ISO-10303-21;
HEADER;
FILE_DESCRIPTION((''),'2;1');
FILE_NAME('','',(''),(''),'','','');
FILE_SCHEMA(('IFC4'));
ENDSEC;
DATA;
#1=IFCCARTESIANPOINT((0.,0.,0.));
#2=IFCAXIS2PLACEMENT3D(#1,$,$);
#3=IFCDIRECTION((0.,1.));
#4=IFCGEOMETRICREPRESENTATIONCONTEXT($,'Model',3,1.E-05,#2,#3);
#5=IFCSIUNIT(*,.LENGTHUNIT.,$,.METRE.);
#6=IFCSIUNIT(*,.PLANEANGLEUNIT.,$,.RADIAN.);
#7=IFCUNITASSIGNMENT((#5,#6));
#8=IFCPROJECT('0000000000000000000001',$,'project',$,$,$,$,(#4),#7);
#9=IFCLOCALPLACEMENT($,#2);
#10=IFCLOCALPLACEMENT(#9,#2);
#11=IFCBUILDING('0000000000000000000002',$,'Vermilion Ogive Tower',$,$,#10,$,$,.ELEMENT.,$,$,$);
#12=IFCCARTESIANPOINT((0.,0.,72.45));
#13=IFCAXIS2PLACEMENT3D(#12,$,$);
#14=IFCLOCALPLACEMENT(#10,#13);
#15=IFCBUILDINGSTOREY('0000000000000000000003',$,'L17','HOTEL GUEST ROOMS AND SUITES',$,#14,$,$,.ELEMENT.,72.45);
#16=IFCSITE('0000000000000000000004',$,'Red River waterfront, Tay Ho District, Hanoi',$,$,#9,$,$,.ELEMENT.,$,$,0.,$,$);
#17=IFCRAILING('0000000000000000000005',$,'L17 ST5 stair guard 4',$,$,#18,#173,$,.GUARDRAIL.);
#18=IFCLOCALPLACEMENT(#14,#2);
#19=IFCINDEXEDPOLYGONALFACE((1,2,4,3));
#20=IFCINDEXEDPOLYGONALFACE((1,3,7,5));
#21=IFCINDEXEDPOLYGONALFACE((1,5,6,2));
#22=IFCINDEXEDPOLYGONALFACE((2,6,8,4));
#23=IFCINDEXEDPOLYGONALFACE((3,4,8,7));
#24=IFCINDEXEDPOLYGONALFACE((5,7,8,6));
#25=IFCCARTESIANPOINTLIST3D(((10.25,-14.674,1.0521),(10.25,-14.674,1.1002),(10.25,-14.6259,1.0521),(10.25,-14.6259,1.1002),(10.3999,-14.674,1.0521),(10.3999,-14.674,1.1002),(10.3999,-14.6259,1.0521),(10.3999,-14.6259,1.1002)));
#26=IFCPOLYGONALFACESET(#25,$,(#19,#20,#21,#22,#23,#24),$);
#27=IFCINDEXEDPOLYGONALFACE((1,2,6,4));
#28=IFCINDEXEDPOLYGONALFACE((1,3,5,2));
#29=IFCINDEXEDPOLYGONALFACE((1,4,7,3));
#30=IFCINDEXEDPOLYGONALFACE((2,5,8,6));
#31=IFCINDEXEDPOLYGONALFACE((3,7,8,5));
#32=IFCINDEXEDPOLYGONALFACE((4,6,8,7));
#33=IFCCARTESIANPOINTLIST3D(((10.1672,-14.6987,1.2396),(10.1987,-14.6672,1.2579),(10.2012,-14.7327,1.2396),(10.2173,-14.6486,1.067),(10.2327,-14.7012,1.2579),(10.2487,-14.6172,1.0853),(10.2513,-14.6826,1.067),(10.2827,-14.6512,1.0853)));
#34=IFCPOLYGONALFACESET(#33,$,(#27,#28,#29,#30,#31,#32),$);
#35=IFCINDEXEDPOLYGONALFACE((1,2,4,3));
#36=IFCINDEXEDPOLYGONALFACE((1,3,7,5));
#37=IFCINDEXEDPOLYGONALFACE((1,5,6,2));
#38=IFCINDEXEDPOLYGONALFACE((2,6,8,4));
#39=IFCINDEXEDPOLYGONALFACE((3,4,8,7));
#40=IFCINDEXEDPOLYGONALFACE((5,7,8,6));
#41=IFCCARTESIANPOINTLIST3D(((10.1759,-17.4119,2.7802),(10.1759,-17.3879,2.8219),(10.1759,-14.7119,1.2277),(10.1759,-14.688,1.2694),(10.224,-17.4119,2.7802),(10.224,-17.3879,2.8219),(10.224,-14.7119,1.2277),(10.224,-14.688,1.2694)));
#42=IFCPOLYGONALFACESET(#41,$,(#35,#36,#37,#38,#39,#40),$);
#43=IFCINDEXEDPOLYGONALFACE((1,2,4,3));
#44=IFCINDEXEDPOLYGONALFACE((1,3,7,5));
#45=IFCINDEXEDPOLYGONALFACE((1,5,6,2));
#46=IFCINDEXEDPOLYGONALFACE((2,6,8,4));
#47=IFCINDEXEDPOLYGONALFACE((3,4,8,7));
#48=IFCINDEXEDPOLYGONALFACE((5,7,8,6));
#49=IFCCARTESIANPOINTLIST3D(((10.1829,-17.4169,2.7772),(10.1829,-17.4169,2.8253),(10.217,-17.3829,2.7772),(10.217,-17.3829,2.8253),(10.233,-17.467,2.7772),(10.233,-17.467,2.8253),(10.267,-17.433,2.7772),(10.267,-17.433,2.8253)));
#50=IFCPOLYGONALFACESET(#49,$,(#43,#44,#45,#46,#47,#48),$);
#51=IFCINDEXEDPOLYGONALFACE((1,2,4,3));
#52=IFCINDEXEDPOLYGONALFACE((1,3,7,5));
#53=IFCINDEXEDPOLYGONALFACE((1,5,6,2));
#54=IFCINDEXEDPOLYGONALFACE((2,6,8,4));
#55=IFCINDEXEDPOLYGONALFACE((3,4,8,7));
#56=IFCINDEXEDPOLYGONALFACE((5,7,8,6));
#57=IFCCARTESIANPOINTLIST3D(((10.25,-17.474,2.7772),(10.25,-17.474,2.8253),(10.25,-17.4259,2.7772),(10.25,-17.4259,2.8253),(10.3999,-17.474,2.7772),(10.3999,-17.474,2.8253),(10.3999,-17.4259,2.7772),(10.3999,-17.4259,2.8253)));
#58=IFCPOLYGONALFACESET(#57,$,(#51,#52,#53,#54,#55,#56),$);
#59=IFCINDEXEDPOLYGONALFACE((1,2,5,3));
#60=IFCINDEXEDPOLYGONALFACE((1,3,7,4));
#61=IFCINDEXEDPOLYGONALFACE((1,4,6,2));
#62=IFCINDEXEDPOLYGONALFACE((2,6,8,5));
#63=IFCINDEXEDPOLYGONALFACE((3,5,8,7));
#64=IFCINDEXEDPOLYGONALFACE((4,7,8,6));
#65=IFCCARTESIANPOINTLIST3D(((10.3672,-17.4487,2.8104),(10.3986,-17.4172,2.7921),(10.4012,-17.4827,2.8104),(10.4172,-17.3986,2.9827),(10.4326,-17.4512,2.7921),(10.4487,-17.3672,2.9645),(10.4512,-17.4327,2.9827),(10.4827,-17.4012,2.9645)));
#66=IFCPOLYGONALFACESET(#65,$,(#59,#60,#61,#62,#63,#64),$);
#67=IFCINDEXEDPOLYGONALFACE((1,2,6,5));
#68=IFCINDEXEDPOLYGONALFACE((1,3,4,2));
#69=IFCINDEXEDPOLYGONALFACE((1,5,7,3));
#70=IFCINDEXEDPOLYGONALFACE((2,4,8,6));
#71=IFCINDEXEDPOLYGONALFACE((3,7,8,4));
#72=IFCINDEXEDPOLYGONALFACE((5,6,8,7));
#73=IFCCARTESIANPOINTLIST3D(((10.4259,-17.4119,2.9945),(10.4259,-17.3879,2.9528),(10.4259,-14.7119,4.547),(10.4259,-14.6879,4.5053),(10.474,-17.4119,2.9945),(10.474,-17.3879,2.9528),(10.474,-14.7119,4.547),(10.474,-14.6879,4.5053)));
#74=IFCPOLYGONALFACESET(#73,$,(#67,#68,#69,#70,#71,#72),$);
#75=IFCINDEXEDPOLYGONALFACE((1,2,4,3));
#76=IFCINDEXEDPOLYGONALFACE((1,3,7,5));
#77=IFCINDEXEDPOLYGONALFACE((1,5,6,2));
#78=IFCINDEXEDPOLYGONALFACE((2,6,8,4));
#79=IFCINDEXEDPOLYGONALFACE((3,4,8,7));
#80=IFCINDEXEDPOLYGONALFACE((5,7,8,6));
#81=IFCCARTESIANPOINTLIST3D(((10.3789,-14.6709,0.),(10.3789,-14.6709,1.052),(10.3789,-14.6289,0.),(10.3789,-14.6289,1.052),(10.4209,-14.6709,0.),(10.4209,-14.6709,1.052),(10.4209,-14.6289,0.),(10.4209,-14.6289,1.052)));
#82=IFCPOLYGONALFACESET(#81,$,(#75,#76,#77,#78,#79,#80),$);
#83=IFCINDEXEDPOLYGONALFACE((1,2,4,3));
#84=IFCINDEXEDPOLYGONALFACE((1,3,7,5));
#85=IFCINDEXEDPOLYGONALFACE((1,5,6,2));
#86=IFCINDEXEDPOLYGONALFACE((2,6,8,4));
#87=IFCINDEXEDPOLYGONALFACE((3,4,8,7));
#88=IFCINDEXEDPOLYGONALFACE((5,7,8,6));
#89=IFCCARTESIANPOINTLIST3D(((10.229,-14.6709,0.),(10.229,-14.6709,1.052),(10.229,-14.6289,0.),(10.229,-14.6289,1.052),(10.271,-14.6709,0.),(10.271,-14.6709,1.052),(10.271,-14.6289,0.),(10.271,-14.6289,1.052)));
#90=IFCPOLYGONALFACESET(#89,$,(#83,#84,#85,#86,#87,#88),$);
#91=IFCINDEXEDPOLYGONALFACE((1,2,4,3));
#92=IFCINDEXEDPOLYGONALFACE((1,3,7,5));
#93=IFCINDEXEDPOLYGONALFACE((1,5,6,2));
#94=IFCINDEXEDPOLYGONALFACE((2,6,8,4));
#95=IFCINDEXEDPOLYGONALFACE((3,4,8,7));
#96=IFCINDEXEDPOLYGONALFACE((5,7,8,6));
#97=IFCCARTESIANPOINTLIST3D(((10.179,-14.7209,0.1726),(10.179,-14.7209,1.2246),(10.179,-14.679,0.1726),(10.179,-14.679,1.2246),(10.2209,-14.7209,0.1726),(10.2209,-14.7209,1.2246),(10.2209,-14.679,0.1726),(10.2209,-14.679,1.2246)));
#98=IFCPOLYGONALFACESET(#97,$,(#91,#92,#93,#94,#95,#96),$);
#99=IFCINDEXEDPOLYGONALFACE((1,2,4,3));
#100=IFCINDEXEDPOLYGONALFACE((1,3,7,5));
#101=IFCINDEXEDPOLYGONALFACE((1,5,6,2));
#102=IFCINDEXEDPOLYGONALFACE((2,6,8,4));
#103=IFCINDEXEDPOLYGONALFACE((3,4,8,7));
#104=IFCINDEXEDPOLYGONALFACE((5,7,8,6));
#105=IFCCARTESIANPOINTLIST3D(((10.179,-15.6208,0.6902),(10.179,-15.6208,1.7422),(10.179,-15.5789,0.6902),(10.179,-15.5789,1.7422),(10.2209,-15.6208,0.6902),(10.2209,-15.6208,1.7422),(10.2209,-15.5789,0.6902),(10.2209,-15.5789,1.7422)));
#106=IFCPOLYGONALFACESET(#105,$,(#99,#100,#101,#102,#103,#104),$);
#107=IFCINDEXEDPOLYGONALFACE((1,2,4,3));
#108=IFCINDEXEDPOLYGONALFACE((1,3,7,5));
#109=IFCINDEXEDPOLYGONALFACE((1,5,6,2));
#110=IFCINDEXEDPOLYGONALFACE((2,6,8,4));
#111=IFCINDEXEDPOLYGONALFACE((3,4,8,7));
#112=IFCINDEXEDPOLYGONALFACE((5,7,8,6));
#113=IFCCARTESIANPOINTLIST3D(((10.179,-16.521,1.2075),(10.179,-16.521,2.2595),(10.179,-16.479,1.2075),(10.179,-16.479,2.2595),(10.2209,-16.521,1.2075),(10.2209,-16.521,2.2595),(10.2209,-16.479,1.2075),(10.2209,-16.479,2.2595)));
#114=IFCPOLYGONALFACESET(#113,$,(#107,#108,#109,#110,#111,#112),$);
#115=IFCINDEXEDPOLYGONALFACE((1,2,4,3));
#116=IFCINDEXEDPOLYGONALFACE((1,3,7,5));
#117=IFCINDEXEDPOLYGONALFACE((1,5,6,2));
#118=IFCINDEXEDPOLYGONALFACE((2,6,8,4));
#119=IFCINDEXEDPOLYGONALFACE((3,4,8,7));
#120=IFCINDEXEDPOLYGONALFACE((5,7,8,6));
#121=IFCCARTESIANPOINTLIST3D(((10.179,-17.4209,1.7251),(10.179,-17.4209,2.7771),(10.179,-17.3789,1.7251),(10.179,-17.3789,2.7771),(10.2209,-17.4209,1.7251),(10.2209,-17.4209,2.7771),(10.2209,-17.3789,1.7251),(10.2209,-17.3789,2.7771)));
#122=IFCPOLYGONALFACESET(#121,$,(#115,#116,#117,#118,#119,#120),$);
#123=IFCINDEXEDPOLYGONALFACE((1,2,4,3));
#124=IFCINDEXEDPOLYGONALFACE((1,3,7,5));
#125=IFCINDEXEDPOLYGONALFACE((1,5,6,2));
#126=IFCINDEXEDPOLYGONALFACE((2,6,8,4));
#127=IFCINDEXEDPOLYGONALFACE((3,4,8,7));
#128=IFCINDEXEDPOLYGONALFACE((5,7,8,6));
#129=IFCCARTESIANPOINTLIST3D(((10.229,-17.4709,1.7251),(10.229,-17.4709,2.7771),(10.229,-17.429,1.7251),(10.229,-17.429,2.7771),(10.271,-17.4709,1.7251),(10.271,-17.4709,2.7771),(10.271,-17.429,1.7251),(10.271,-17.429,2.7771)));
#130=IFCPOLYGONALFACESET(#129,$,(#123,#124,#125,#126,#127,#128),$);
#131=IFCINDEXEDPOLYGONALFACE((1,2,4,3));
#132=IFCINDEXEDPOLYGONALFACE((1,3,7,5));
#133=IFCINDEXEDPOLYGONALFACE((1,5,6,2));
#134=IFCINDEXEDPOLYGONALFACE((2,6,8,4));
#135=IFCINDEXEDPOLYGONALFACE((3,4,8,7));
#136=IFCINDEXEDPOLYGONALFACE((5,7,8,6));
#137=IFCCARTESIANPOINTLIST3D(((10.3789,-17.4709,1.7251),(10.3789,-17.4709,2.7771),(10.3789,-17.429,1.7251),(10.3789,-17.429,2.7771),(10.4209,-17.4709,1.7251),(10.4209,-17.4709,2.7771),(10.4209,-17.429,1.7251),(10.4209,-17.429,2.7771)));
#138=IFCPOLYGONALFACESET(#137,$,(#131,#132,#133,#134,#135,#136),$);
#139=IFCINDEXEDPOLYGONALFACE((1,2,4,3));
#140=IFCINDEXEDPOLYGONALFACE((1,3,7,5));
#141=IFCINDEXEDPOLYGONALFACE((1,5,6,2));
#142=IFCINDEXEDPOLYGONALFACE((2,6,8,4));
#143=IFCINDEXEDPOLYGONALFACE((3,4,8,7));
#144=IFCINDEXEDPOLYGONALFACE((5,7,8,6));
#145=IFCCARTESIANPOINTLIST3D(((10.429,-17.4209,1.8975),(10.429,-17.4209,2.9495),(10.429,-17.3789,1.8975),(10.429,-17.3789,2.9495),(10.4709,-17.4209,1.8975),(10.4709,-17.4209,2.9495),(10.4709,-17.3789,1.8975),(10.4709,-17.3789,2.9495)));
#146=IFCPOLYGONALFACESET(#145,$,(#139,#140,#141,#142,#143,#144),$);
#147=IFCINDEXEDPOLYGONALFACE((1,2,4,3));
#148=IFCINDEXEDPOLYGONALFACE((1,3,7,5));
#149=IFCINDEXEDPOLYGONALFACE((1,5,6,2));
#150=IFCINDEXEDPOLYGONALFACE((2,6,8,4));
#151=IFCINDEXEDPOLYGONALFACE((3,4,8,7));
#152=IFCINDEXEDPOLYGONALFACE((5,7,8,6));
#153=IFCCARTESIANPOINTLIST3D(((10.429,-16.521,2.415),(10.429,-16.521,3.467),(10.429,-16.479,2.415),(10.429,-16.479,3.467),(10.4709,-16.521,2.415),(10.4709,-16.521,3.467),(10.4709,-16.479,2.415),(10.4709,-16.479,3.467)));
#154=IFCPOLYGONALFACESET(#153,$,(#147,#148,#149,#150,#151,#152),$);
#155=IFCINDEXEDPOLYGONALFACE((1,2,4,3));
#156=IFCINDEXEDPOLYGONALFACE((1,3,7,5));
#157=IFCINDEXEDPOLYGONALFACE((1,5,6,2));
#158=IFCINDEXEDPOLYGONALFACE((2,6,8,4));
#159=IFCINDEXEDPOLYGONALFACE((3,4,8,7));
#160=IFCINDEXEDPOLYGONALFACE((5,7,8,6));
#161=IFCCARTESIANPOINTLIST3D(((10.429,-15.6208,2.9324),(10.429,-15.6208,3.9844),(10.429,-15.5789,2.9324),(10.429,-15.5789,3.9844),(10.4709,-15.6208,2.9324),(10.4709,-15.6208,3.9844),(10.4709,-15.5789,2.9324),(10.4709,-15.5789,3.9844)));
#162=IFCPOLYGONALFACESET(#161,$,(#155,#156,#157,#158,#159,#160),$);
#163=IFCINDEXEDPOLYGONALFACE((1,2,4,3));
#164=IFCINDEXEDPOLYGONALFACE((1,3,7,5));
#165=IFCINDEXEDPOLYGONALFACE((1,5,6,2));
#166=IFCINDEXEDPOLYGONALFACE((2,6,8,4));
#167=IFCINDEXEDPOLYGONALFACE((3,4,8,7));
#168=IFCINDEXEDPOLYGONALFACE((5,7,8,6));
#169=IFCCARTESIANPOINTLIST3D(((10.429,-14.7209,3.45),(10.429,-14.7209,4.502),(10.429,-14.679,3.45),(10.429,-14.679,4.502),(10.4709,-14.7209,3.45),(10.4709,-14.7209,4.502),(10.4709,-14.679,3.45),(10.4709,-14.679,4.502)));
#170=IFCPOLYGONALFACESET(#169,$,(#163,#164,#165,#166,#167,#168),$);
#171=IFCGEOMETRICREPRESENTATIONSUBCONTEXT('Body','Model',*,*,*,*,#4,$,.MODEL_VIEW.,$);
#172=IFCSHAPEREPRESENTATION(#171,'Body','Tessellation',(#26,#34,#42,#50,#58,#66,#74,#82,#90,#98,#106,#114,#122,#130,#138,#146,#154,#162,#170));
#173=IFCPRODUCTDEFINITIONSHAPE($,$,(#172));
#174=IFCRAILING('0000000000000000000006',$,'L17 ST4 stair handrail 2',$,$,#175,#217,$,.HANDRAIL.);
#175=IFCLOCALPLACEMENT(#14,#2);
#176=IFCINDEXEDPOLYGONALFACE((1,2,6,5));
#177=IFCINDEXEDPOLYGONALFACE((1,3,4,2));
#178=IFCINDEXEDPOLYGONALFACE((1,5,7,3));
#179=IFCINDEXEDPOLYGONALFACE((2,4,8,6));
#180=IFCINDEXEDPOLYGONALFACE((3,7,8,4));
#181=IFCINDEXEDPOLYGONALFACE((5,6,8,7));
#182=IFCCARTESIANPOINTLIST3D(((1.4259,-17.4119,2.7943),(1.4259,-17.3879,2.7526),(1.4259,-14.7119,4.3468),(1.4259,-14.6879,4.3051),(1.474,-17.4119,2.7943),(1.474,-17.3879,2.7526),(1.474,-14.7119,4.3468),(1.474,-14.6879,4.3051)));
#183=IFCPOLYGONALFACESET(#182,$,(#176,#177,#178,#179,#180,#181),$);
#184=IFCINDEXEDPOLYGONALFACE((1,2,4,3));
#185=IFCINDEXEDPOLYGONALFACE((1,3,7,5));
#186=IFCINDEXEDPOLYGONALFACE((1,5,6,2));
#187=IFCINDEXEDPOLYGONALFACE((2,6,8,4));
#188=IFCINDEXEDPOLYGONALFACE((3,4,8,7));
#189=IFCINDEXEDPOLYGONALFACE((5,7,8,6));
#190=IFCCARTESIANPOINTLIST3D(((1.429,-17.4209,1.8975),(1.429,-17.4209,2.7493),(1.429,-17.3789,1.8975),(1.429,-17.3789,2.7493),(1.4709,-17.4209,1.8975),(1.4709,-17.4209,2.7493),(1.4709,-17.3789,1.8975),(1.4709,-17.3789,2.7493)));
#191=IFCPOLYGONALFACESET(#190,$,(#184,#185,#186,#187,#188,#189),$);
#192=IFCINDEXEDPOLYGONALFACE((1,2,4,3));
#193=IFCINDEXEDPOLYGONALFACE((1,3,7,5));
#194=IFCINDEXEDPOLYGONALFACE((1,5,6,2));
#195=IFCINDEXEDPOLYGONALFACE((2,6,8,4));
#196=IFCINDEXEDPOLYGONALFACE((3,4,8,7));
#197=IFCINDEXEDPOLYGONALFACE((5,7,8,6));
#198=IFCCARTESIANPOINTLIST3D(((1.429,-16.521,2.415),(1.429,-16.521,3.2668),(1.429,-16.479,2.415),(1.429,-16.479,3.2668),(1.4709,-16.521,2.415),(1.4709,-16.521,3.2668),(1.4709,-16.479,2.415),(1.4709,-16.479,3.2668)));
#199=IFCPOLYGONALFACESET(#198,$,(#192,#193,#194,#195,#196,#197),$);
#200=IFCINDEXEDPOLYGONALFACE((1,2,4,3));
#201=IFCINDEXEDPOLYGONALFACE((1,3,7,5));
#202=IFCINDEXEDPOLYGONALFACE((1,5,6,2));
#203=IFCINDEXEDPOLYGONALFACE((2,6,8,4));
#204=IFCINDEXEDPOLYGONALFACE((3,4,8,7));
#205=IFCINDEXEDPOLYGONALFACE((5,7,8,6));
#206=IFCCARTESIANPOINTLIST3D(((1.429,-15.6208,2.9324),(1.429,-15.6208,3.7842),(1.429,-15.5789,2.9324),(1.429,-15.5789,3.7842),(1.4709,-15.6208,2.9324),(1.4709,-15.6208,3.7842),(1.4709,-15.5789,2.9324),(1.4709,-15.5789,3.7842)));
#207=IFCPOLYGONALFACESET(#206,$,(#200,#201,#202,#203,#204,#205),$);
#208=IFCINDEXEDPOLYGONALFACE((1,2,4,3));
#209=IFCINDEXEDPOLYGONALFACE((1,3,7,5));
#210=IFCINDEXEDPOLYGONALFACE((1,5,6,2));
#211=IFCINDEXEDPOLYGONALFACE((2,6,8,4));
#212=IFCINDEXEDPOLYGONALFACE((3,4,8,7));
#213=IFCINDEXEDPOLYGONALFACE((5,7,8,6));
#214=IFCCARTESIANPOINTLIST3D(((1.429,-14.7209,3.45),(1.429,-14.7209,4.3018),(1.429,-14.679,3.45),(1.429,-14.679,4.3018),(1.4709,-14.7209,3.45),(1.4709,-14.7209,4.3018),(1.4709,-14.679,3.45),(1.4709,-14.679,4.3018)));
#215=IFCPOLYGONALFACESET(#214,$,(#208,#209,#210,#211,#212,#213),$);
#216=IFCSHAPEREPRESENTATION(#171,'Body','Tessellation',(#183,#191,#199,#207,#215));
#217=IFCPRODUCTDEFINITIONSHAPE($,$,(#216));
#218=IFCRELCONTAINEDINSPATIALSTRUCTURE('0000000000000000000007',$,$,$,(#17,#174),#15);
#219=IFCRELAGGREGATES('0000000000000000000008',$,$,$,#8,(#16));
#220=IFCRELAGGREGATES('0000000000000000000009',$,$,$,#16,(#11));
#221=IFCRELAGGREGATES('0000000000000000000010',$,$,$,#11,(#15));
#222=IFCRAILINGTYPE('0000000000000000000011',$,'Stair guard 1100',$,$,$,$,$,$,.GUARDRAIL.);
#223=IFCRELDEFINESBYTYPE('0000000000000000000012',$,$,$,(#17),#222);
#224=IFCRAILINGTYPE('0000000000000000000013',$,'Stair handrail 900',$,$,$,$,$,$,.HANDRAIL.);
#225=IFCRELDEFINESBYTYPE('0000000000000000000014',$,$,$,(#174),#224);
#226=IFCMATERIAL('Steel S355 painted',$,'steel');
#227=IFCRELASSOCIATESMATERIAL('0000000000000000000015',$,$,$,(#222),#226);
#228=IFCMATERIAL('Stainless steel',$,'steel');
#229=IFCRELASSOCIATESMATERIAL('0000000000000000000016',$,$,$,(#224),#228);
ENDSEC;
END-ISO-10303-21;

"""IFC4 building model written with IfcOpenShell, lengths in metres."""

from ifc_helpers import new_model, si_unit, direction, frame, origin, origin_2d, place, context, subcontext, project, spatial, rectangle, extrude, material, type_object, element, save


model = new_model("IFC4")

# Units and contexts
model_context = context("Model", 3, precision=1e-05, world=origin(), true_north=direction((0.0, 1.0)))
body_context = subcontext(model_context, "Body", "Model", "MODEL_VIEW")
ifc_project = project(units=[si_unit("LENGTHUNIT", "METRE"), si_unit("PLANEANGLEUNIT", "RADIAN")], contexts=[model_context])

# Site, building, storey
site_placement = place(None, origin())
site = spatial("IfcSite", under=ifc_project, at=site_placement, Name="Red River waterfront, Tay Ho District, Hanoi", CompositionType="ELEMENT", RefElevation=0.0)
building_placement = place(site_placement, origin())
building = spatial("IfcBuilding", under=site, at=building_placement, Name="Vermilion Ogive Tower", CompositionType="ELEMENT")
storey_placement = place(building_placement, frame((0.0, 0.0, 72.45)))
storey = spatial("IfcBuildingStorey", under=building, at=storey_placement, Name="L17", Description="HOTEL GUEST ROOMS AND SUITES", CompositionType="ELEMENT", Elevation=72.45)

# Railings
ifc_material_1 = material(Name="Steel S355 painted", Category="steel")
railing_type_1 = type_object("IfcRailingType", Name="Stair guard 1100", PredefinedType="GUARDRAIL", material=ifc_material_1)
railing_1_placement = place(storey_placement, frame((10.3999, -14.6499, 0.0)))
element("IfcRailing", 1, at=railing_1_placement, inside=storey, type_object=railing_type_1, Name="L17 ST5 stair guard 4", PredefinedType="GUARDRAIL", context=body_context, shape_type="SweptSolid", body=[
    extrude(rectangle(XDim=0.0481, YDim=0.0481, at=origin_2d()), frame((0.0, 0.0, 1.0762), z_axis=(-1.0, 0.0, 0.0), x_axis=(0.0, -1.0, 0.0)), (0.0, 0.0, 1.0), 0.1499),
    extrude(rectangle(XDim=0.0481, YDim=0.0481, at=origin_2d()), frame((-0.1499, 0.0, 1.0762), z_axis=(-0.268278, -0.268278, 0.925232), x_axis=(0.707107, -0.707107, 0.0)), (0.0, 0.0, 1.0), 0.1865),
    extrude(rectangle(XDim=0.0481, YDim=0.0481, at=origin_2d()), frame((-0.2, -0.05, 1.2485), z_axis=(0.0, -0.866904, 0.498476), x_axis=(1.0, 0.0, 0.0)), (0.0, 0.0, 1.0), 3.1145),
    extrude(rectangle(XDim=0.0481, YDim=0.0481, at=origin_2d()), frame((-0.2, -2.75, 2.8013), z_axis=(0.707107, -0.707107, 0.0), x_axis=(0.707107, 0.707107, 0.0)), (0.0, 0.0, 1.0), 0.0708),
    extrude(rectangle(XDim=0.0481, YDim=0.0481, at=origin_2d()), frame((-0.1499, -2.8, 2.8013), z_axis=(1.0, 0.0, 0.0), x_axis=(0.0, 1.0, 0.0)), (0.0, 0.0, 1.0), 0.1499),
    extrude(rectangle(XDim=0.0481, YDim=0.0481, at=origin_2d()), frame((0.0, -2.8, 2.8013), z_axis=(0.268603, 0.268603, 0.925043), x_axis=(-0.707107, 0.707107, 0.0)), (0.0, 0.0, 1.0), 0.1863),
    extrude(rectangle(XDim=0.0481, YDim=0.0481, at=origin_2d()), frame((0.05, -2.75, 2.9736), z_axis=(0.0, 0.866904, 0.498476), x_axis=(-1.0, 0.0, 0.0)), (0.0, 0.0, 1.0), 3.1145),
    extrude(rectangle(XDim=0.042, YDim=0.042, at=origin_2d()), origin(), (0.0, 0.0, 1.0), 1.052),
    extrude(rectangle(XDim=0.042, YDim=0.042, at=origin_2d()), frame((-0.1499, 0.0, 0.0)), (0.0, 0.0, 1.0), 1.052),
    extrude(rectangle(XDim=0.042, YDim=0.042, at=origin_2d()), frame((-0.2, -0.05, 0.1726)), (0.0, 0.0, 1.0), 1.052),
    extrude(rectangle(XDim=0.042, YDim=0.042, at=origin_2d()), frame((-0.2, -0.95, 0.6902)), (0.0, 0.0, 1.0), 1.052),
    extrude(rectangle(XDim=0.042, YDim=0.042, at=origin_2d()), frame((-0.2, -1.8501, 1.2075)), (0.0, 0.0, 1.0), 1.052),
    extrude(rectangle(XDim=0.042, YDim=0.042, at=origin_2d()), frame((-0.2, -2.75, 1.7251)), (0.0, 0.0, 1.0), 1.052),
    extrude(rectangle(XDim=0.042, YDim=0.042, at=origin_2d()), frame((-0.1499, -2.8, 1.7251)), (0.0, 0.0, 1.0), 1.052),
    extrude(rectangle(XDim=0.042, YDim=0.042, at=origin_2d()), frame((0.0, -2.8, 1.7251)), (0.0, 0.0, 1.0), 1.052),
    extrude(rectangle(XDim=0.042, YDim=0.042, at=origin_2d()), frame((0.05, -2.75, 1.8975)), (0.0, 0.0, 1.0), 1.052),
    extrude(rectangle(XDim=0.042, YDim=0.042, at=origin_2d()), frame((0.05, -1.8501, 2.415)), (0.0, 0.0, 1.0), 1.052),
    extrude(rectangle(XDim=0.042, YDim=0.042, at=origin_2d()), frame((0.05, -0.95, 2.9324)), (0.0, 0.0, 1.0), 1.052),
    extrude(rectangle(XDim=0.042, YDim=0.042, at=origin_2d()), frame((0.05, -0.05, 3.45)), (0.0, 0.0, 1.0), 1.052),
])
ifc_material_2 = material(Name="Stainless steel", Category="steel")
railing_type_2 = type_object("IfcRailingType", Name="Stair handrail 900", PredefinedType="HANDRAIL", material=ifc_material_2)
railing_2_placement = place(storey_placement, frame((1.45, -17.3999, 1.8975)))
element("IfcRailing", 2, at=railing_2_placement, inside=storey, type_object=railing_type_2, Name="L17 ST4 stair handrail 2", PredefinedType="HANDRAIL", context=body_context, shape_type="SweptSolid", body=[
    extrude(rectangle(XDim=0.0481, YDim=0.0481, at=origin_2d()), frame((0.0, 0.0, 0.876), z_axis=(0.0, 0.866904, 0.498476), x_axis=(-1.0, 0.0, 0.0)), (0.0, 0.0, 1.0), 3.1145),
    extrude(rectangle(XDim=0.042, YDim=0.042, at=origin_2d()), origin(), (0.0, 0.0, 1.0), 0.8518),
    extrude(rectangle(XDim=0.042, YDim=0.042, at=origin_2d()), frame((0.0, 0.8999, 0.5176)), (0.0, 0.0, 1.0), 0.8518),
    extrude(rectangle(XDim=0.042, YDim=0.042, at=origin_2d()), frame((0.0, 1.8, 1.0349)), (0.0, 0.0, 1.0), 0.8518),
    extrude(rectangle(XDim=0.042, YDim=0.042, at=origin_2d()), frame((0.0, 2.7, 1.5525)), (0.0, 0.0, 1.0), 0.8518),
])

save(model, "model.ifc")
